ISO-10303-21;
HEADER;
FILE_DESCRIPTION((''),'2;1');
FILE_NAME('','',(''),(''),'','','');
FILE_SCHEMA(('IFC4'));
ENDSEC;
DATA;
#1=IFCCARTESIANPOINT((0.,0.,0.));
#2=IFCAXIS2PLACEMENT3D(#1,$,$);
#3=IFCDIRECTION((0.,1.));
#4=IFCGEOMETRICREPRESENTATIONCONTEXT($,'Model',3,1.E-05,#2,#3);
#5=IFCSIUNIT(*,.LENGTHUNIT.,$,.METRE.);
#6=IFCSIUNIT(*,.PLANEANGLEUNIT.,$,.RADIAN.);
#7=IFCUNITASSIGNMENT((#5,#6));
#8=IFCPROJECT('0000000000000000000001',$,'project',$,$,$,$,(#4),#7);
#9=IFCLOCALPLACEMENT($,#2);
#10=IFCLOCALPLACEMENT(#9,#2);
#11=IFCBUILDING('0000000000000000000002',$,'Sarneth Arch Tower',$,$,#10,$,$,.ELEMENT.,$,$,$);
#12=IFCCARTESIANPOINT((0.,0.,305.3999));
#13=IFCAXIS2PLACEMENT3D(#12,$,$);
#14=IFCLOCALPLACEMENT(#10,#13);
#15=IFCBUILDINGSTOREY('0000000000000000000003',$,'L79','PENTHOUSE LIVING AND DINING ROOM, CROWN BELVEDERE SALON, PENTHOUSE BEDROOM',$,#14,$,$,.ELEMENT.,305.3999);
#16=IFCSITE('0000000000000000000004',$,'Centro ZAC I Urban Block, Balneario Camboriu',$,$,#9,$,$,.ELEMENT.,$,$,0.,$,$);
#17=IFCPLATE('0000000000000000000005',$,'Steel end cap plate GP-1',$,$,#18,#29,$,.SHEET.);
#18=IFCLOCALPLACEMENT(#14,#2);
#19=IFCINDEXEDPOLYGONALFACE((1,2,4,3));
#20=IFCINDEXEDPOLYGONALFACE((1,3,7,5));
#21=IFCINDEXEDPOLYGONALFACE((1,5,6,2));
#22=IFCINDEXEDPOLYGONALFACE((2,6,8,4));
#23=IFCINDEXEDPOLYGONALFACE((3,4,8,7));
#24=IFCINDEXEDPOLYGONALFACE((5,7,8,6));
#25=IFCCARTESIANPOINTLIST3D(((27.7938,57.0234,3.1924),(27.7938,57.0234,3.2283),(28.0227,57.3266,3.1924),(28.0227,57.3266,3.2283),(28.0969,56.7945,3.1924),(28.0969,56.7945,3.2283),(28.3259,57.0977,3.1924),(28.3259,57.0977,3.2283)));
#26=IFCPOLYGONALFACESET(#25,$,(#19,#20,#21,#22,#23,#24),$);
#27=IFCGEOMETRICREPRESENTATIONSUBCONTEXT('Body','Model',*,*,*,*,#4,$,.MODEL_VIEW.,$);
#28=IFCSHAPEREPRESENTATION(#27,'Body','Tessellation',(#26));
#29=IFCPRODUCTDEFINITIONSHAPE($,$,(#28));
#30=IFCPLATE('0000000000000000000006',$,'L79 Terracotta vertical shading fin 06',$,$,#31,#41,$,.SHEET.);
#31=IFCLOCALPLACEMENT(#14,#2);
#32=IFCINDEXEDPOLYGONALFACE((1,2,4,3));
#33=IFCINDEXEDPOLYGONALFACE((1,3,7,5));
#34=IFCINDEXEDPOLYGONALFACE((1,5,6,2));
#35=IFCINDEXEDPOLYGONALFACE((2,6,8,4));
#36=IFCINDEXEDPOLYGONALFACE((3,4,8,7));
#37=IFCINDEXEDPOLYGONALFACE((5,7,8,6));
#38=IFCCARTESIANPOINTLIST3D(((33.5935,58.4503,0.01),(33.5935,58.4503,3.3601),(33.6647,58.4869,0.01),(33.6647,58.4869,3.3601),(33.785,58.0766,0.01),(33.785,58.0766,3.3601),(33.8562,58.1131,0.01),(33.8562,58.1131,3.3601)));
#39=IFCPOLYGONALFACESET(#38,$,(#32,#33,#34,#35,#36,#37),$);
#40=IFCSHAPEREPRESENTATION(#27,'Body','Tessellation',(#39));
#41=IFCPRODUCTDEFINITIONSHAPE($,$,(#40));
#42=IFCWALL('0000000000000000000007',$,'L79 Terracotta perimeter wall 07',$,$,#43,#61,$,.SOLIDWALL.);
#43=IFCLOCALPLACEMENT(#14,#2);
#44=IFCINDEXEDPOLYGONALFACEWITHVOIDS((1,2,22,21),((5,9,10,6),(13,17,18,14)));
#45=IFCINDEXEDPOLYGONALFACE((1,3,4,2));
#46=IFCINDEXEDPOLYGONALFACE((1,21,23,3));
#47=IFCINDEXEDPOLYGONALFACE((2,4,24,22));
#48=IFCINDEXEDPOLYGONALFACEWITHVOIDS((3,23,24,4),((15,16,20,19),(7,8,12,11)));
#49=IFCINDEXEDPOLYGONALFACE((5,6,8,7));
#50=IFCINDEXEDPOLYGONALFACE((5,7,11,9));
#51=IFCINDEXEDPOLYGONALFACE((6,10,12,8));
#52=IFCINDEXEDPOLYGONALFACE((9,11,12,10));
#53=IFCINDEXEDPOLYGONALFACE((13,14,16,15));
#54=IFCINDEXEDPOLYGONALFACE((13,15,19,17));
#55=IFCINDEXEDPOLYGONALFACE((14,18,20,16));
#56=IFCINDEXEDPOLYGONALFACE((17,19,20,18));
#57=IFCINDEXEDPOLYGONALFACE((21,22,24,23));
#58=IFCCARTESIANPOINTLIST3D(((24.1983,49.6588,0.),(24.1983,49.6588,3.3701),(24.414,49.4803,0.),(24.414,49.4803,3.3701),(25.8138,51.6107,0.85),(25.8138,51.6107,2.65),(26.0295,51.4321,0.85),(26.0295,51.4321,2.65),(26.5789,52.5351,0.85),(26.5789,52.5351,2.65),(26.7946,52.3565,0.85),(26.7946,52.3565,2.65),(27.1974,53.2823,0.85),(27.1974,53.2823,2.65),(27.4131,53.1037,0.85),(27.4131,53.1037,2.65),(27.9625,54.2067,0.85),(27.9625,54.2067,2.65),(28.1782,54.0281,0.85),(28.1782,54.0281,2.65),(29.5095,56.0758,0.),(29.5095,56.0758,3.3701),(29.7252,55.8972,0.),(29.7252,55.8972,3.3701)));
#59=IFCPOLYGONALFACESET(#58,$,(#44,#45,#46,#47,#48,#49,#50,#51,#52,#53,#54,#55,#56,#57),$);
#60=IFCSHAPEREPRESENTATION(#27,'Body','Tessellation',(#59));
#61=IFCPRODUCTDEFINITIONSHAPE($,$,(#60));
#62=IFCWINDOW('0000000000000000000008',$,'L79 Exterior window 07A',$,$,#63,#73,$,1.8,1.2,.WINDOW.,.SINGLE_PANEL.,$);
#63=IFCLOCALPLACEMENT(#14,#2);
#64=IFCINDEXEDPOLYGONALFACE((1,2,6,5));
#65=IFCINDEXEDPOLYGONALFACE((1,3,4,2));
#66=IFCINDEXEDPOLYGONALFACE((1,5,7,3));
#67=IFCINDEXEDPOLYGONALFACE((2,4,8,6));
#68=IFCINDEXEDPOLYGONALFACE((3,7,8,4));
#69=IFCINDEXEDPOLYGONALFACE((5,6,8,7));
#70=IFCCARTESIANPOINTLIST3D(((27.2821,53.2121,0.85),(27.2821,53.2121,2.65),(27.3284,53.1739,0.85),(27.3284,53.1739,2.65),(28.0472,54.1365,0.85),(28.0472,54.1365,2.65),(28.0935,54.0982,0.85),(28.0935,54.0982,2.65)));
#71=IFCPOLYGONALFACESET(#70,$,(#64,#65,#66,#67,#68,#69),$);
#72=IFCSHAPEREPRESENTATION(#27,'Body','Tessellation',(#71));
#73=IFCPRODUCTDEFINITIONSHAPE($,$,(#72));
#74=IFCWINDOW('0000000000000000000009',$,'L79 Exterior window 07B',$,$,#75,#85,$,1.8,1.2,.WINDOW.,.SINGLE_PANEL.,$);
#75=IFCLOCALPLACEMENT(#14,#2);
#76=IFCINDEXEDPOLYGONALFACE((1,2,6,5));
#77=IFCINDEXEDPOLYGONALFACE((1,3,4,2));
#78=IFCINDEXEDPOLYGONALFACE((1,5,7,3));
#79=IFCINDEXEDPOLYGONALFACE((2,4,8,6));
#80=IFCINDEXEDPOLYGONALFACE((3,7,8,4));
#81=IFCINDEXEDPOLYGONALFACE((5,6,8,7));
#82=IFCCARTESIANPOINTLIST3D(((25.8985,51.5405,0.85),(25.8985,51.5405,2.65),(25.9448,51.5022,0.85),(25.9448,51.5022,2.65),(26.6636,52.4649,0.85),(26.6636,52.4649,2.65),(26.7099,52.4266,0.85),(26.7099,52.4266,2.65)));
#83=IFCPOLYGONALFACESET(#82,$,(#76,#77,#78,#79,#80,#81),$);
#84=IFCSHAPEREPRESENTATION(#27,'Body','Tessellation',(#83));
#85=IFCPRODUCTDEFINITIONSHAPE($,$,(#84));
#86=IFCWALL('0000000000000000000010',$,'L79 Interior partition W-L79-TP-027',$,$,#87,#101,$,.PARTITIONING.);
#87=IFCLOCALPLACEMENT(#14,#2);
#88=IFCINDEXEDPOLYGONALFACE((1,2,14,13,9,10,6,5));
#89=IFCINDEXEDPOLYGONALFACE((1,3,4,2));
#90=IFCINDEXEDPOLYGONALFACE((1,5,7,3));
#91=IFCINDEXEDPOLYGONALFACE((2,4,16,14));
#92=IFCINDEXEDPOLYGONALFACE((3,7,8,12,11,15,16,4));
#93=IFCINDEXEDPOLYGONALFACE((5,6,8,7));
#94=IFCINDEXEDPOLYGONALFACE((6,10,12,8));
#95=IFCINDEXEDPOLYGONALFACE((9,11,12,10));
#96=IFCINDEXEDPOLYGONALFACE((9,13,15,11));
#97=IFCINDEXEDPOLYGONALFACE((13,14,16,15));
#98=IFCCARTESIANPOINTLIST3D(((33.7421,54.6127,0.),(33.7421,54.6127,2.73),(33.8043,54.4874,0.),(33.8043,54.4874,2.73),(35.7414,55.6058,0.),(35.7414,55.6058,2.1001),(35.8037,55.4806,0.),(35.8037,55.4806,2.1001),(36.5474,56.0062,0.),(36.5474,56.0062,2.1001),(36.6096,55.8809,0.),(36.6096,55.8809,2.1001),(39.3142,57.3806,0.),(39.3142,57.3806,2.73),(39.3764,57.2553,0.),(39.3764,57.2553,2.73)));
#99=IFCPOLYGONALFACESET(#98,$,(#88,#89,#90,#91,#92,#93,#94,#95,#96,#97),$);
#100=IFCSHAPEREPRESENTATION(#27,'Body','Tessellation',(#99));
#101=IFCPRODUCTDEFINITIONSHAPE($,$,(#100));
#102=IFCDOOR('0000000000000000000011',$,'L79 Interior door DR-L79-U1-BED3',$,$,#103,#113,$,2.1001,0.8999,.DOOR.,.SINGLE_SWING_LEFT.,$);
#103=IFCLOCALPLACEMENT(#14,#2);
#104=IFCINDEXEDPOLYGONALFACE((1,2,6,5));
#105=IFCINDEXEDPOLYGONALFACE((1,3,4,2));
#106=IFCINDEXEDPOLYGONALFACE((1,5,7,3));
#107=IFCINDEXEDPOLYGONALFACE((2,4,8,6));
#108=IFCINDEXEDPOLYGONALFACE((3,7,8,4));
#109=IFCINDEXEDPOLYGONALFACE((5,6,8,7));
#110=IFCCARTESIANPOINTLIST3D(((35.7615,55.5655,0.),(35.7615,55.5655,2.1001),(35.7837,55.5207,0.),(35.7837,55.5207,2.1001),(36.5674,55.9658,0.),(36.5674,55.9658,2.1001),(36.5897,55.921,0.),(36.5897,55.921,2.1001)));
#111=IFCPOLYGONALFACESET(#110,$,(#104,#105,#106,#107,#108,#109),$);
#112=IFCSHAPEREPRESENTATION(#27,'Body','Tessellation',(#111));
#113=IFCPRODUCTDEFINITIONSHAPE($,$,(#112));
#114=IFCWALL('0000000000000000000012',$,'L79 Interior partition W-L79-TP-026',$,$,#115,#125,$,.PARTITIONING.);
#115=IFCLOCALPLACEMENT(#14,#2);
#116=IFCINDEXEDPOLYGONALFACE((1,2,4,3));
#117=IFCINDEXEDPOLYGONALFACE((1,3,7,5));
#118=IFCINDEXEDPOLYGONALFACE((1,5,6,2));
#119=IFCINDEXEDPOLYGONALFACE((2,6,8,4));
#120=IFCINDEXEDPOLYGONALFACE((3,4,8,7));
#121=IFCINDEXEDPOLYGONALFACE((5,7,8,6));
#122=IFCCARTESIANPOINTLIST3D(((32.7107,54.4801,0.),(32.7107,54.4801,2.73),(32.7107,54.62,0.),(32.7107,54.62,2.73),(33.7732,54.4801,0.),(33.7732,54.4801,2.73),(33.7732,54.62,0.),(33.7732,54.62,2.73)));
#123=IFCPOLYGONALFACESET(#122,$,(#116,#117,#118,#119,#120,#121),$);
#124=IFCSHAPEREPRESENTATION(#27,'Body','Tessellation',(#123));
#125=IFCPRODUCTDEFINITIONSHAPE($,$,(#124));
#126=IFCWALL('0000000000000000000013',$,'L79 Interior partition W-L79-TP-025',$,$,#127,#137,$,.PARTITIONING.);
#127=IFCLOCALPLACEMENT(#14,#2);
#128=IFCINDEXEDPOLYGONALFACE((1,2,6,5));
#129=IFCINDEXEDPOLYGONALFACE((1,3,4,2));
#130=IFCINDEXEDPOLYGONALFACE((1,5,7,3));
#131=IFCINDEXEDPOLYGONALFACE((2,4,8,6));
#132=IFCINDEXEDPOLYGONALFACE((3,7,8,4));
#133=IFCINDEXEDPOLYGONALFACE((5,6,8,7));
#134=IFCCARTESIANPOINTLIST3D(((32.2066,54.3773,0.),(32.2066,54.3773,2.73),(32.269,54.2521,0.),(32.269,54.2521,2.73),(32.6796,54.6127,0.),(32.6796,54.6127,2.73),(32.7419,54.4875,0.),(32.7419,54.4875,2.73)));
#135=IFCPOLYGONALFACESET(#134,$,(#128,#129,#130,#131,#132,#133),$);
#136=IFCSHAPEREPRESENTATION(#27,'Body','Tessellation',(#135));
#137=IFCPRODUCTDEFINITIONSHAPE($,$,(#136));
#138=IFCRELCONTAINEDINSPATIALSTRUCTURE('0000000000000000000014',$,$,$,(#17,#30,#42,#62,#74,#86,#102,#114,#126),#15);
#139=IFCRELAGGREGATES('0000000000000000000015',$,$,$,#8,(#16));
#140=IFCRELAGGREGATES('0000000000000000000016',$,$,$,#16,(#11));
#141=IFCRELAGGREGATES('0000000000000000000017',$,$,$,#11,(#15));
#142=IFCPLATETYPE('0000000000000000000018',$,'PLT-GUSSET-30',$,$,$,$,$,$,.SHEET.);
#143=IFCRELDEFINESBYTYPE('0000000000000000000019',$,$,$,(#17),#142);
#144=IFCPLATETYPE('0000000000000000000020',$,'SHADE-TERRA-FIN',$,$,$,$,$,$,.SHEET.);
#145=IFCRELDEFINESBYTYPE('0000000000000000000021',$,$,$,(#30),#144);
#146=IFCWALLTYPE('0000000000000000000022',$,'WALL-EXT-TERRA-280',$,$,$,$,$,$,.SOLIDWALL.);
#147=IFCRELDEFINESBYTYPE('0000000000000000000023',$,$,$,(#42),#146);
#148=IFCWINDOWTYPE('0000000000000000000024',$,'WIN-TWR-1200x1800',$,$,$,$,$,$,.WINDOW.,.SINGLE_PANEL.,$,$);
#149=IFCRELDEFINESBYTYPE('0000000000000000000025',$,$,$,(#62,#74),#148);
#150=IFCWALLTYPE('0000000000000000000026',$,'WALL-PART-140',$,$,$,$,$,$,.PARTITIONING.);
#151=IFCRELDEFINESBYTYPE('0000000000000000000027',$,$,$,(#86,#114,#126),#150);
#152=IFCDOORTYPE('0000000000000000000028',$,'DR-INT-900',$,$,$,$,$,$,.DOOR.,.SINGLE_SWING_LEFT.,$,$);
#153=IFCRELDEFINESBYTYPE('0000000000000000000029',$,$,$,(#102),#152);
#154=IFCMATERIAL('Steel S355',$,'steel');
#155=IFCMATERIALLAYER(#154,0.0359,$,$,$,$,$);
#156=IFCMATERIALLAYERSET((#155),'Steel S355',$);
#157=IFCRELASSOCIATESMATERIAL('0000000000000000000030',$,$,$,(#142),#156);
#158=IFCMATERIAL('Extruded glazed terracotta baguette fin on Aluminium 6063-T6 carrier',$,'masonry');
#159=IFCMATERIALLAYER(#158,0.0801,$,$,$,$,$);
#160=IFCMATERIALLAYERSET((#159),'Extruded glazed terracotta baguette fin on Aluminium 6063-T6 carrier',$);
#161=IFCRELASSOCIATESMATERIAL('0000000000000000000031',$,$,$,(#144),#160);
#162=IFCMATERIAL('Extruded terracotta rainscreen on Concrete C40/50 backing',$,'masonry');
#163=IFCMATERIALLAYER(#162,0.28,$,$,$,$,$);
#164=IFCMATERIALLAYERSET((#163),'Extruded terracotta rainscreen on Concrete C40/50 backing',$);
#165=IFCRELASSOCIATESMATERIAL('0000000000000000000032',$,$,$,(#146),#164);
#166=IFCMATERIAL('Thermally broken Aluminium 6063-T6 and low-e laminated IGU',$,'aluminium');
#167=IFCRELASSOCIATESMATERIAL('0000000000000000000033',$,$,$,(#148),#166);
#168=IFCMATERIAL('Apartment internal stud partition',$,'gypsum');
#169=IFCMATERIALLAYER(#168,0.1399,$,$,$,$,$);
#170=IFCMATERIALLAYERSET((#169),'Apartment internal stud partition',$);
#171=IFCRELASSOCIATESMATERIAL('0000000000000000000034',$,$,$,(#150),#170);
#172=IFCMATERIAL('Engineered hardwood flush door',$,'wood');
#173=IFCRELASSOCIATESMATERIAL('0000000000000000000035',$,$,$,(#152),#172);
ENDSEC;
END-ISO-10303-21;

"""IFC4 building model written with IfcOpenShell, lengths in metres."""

from ifc_helpers import new_model, si_unit, direction, frame, frame_2d, origin, origin_2d, place, context, subcontext, project, spatial, rectangle, extrude, material, layer, layer_set, type_object, element, fill, save


model = new_model("IFC4")

# Units and contexts
model_context = context("Model", 3, precision=1e-05, world=origin(), true_north=direction((0.0, 1.0)))
body_context = subcontext(model_context, "Body", "Model", "MODEL_VIEW")
ifc_project = project(units=[si_unit("LENGTHUNIT", "METRE"), si_unit("PLANEANGLEUNIT", "RADIAN")], contexts=[model_context])

# Site, building, storey
site_placement = place(None, origin())
site = spatial("IfcSite", under=ifc_project, at=site_placement, Name="Centro ZAC I Urban Block, Balneario Camboriu", CompositionType="ELEMENT", RefElevation=0.0)
building_placement = place(site_placement, origin())
building = spatial("IfcBuilding", under=site, at=building_placement, Name="Sarneth Arch Tower", CompositionType="ELEMENT")
storey_placement = place(building_placement, frame((0.0, 0.0, 305.3999)))
storey = spatial("IfcBuildingStorey", under=building, at=storey_placement, Name="L79", Description="PENTHOUSE LIVING AND DINING ROOM, CROWN BELVEDERE SALON, PENTHOUSE BEDROOM", CompositionType="ELEMENT", Elevation=305.3999)

# Plates
ifc_material_1 = material(Name="Steel S355", Category="steel")
ifc_layer_1 = layer(ifc_material_1, 0.0359)
ifc_layer_set_1 = layer_set([ifc_layer_1], Name="Steel S355")
plate_type_1 = type_object("IfcPlateType", Name="PLT-GUSSET-30", PredefinedType="SHEET", material=ifc_layer_set_1)
plate_1_placement = place(storey_placement, frame((28.0598, 57.0605, 3.1924), z_axis=(0.0, 0.0, 1.0), x_axis=(-0.798005, 0.602651, 0.0)))
element("IfcPlate", 1, at=plate_1_placement, inside=storey, type_object=plate_type_1, Name="Steel end cap plate GP-1", PredefinedType="SHEET", context=body_context, shape_type="SweptSolid", body=[
    extrude(rectangle(XDim=0.3799, YDim=0.3799, at=origin_2d()), origin(), (0.0, 0.0, 1.0), 0.0359),
])
ifc_material_2 = material(Name="Extruded glazed terracotta baguette fin on Aluminium 6063-T6 carrier", Category="masonry")
ifc_layer_2 = layer(ifc_material_2, 0.0801)
ifc_layer_set_2 = layer_set([ifc_layer_2], Name="Extruded glazed terracotta baguette fin on Aluminium 6063-T6 carrier")
plate_type_2 = type_object("IfcPlateType", Name="SHADE-TERRA-FIN", PredefinedType="SHEET", material=ifc_layer_set_2)
plate_2_placement = place(storey_placement, frame((33.7249, 58.2817, 0.01), z_axis=(0.0, 0.0, 1.0), x_axis=(-0.456011, 0.889974, 0.0)))
element("IfcPlate", 2, at=plate_2_placement, inside=storey, type_object=plate_type_2, Name="L79 Terracotta vertical shading fin 06", PredefinedType="SHEET", context=body_context, shape_type="SweptSolid", body=[
    extrude(rectangle(XDim=0.4199, YDim=0.0801, at=origin_2d()), origin(), (0.0, 0.0, 1.0), 3.3501),
])

# Wall, openings, windows
ifc_material_3 = material(Name="Extruded terracotta rainscreen on Concrete C40/50 backing", Category="masonry")
ifc_layer_3 = layer(ifc_material_3, 0.28)
ifc_layer_set_3 = layer_set([ifc_layer_3], Name="Extruded terracotta rainscreen on Concrete C40/50 backing")
wall_type_1 = type_object("IfcWallType", Name="WALL-EXT-TERRA-280", PredefinedType="SOLIDWALL", material=ifc_layer_set_3)
wall_1_placement = place(storey_placement, frame((29.6174, 55.9866, 0.0), z_axis=(0.0, 0.0, 1.0), x_axis=(-0.637615, -0.770355, 0.0)))
wall_1 = element("IfcWall", 3, at=wall_1_placement, inside=storey, type_object=wall_type_1, Name="L79 Terracotta perimeter wall 07", PredefinedType="SOLIDWALL", context=body_context, shape_type="SweptSolid", body=[
    extrude(rectangle(XDim=8.3298, YDim=0.28, at=frame_2d((4.165, 0.0))), origin(), (0.0, 0.0, 1.0), 3.3701),
])
opening_1_placement = place(wall_1_placement, frame((2.4263, 0.0, 0.8501)))
opening_1 = element("IfcOpeningElement", 4, at=opening_1_placement, cuts=wall_1, PredefinedType="OPENING", context=body_context, shape_type="SweptSolid", body=[
    extrude(rectangle(XDim=1.2, YDim=1.8, at=frame_2d((0.6001, 0.8999))), frame((0.0, 0.1499, 0.0), z_axis=(0.0, -1.0, 0.0), x_axis=(1.0, 0.0, 0.0)), (0.0, 0.0, 1.0), 0.3),
])
opening_2_placement = place(wall_1_placement, frame((4.5962, 0.0, 0.8501)))
opening_2 = element("IfcOpeningElement", 5, at=opening_2_placement, cuts=wall_1, PredefinedType="OPENING", context=body_context, shape_type="SweptSolid", body=[
    extrude(rectangle(XDim=1.2, YDim=1.8, at=frame_2d((0.6001, 0.8999))), frame((0.0, 0.1499, 0.0), z_axis=(0.0, -1.0, 0.0), x_axis=(1.0, 0.0, 0.0)), (0.0, 0.0, 1.0), 0.3),
])
ifc_material_4 = material(Name="Thermally broken Aluminium 6063-T6 and low-e laminated IGU", Category="aluminium")
window_type = type_object("IfcWindowType", Name="WIN-TWR-1200x1800", PartitioningType="SINGLE_PANEL", PredefinedType="WINDOW", material=ifc_material_4)
window_1_placement = place(opening_1_placement, origin())
window_1 = element("IfcWindow", 6, at=window_1_placement, inside=storey, type_object=window_type, Name="L79 Exterior window 07A", OverallHeight=1.8, OverallWidth=1.2, PartitioningType="SINGLE_PANEL", PredefinedType="WINDOW", context=body_context, shape_type="SweptSolid", body=[
    extrude(rectangle(XDim=1.2, YDim=1.8, at=frame_2d((0.6001, 0.8999))), frame((0.0, 0.03, 0.0), z_axis=(0.0, -1.0, 0.0), x_axis=(1.0, 0.0, 0.0)), (0.0, 0.0, 1.0), 0.0601),
])
fill(opening_1, window_1)
window_2_placement = place(opening_2_placement, origin())
window_2 = element("IfcWindow", 7, at=window_2_placement, inside=storey, type_object=window_type, Name="L79 Exterior window 07B", OverallHeight=1.8, OverallWidth=1.2, PartitioningType="SINGLE_PANEL", PredefinedType="WINDOW", context=body_context, shape_type="SweptSolid", body=[
    extrude(rectangle(XDim=1.2, YDim=1.8, at=frame_2d((0.6001, 0.8999))), frame((0.0, 0.03, 0.0), z_axis=(0.0, -1.0, 0.0), x_axis=(1.0, 0.0, 0.0)), (0.0, 0.0, 1.0), 0.0601),
])
fill(opening_2, window_2)

# Wall, opening, door
ifc_material_5 = material(Name="Apartment internal stud partition", Category="gypsum")
ifc_layer_4 = layer(ifc_material_5, 0.1399)
ifc_layer_set_4 = layer_set([ifc_layer_4], Name="Apartment internal stud partition")
wall_type_2 = type_object("IfcWallType", Name="WALL-PART-140", PredefinedType="PARTITIONING", material=ifc_layer_set_4)
wall_2_placement = place(storey_placement, frame((33.7732, 54.55, 0.0), z_axis=(0.0, 0.0, 1.0), x_axis=(0.895594, 0.444873, 0.0)))
wall_2 = element("IfcWall", 8, at=wall_2_placement, inside=storey, type_object=wall_type_2, Name="L79 Interior partition W-L79-TP-027", PredefinedType="PARTITIONING", context=body_context, shape_type="SweptSolid", body=[
    extrude(rectangle(XDim=6.2217, YDim=0.1399, at=frame_2d((3.1108, 0.0))), origin(), (0.0, 0.0, 1.0), 2.73),
])
opening_3_placement = place(wall_2_placement, frame((2.2324, 0.0, 0.0)))
opening_3 = element("IfcOpeningElement", 9, at=opening_3_placement, cuts=wall_2, PredefinedType="OPENING", context=body_context, shape_type="SweptSolid", body=[
    extrude(rectangle(XDim=0.8999, YDim=2.1001, at=frame_2d((0.45, 1.05))), frame((0.0, 0.0798, 0.0), z_axis=(0.0, -1.0, 0.0), x_axis=(1.0, 0.0, 0.0)), (0.0, 0.0, 1.0), 0.1599),
])
ifc_material_6 = material(Name="Engineered hardwood flush door", Category="wood")
door_type = type_object("IfcDoorType", Name="DR-INT-900", OperationType="SINGLE_SWING_LEFT", PredefinedType="DOOR", material=ifc_material_6)
door_placement = place(opening_3_placement, origin())
door = element("IfcDoor", 10, at=door_placement, inside=storey, type_object=door_type, Name="L79 Interior door DR-L79-U1-BED3", OperationType="SINGLE_SWING_LEFT", OverallHeight=2.1001, OverallWidth=0.8999, PredefinedType="DOOR", context=body_context, shape_type="SweptSolid", body=[
    extrude(rectangle(XDim=0.8999, YDim=2.1001, at=frame_2d((0.45, 1.05))), frame((0.0, 0.0249, 0.0), z_axis=(0.0, -1.0, 0.0), x_axis=(1.0, 0.0, 0.0)), (0.0, 0.0, 1.0), 0.05),
])
fill(opening_3, door)

# Walls
wall_3_placement = place(storey_placement, frame((32.7107, 54.55, 0.0), z_axis=(0.0, 0.0, 1.0), x_axis=(1.0, 0.0, 0.0)))
element("IfcWall", 11, at=wall_3_placement, inside=storey, type_object=wall_type_2, Name="L79 Interior partition W-L79-TP-026", PredefinedType="PARTITIONING", context=body_context, shape_type="SweptSolid", body=[
    extrude(rectangle(XDim=1.0625, YDim=0.1399, at=frame_2d((0.5312, 0.0))), origin(), (0.0, 0.0, 1.0), 2.73),
])
wall_4_placement = place(storey_placement, frame((32.2378, 54.3147, 0.0), z_axis=(0.0, 0.0, 1.0), x_axis=(0.895258, 0.445549, 0.0)))
element("IfcWall", 12, at=wall_4_placement, inside=storey, type_object=wall_type_2, Name="L79 Interior partition W-L79-TP-025", PredefinedType="PARTITIONING", context=body_context, shape_type="SweptSolid", body=[
    extrude(rectangle(XDim=0.5283, YDim=0.1399, at=frame_2d((0.2642, 0.0))), origin(), (0.0, 0.0, 1.0), 2.73),
])

save(model, "model.ifc")
